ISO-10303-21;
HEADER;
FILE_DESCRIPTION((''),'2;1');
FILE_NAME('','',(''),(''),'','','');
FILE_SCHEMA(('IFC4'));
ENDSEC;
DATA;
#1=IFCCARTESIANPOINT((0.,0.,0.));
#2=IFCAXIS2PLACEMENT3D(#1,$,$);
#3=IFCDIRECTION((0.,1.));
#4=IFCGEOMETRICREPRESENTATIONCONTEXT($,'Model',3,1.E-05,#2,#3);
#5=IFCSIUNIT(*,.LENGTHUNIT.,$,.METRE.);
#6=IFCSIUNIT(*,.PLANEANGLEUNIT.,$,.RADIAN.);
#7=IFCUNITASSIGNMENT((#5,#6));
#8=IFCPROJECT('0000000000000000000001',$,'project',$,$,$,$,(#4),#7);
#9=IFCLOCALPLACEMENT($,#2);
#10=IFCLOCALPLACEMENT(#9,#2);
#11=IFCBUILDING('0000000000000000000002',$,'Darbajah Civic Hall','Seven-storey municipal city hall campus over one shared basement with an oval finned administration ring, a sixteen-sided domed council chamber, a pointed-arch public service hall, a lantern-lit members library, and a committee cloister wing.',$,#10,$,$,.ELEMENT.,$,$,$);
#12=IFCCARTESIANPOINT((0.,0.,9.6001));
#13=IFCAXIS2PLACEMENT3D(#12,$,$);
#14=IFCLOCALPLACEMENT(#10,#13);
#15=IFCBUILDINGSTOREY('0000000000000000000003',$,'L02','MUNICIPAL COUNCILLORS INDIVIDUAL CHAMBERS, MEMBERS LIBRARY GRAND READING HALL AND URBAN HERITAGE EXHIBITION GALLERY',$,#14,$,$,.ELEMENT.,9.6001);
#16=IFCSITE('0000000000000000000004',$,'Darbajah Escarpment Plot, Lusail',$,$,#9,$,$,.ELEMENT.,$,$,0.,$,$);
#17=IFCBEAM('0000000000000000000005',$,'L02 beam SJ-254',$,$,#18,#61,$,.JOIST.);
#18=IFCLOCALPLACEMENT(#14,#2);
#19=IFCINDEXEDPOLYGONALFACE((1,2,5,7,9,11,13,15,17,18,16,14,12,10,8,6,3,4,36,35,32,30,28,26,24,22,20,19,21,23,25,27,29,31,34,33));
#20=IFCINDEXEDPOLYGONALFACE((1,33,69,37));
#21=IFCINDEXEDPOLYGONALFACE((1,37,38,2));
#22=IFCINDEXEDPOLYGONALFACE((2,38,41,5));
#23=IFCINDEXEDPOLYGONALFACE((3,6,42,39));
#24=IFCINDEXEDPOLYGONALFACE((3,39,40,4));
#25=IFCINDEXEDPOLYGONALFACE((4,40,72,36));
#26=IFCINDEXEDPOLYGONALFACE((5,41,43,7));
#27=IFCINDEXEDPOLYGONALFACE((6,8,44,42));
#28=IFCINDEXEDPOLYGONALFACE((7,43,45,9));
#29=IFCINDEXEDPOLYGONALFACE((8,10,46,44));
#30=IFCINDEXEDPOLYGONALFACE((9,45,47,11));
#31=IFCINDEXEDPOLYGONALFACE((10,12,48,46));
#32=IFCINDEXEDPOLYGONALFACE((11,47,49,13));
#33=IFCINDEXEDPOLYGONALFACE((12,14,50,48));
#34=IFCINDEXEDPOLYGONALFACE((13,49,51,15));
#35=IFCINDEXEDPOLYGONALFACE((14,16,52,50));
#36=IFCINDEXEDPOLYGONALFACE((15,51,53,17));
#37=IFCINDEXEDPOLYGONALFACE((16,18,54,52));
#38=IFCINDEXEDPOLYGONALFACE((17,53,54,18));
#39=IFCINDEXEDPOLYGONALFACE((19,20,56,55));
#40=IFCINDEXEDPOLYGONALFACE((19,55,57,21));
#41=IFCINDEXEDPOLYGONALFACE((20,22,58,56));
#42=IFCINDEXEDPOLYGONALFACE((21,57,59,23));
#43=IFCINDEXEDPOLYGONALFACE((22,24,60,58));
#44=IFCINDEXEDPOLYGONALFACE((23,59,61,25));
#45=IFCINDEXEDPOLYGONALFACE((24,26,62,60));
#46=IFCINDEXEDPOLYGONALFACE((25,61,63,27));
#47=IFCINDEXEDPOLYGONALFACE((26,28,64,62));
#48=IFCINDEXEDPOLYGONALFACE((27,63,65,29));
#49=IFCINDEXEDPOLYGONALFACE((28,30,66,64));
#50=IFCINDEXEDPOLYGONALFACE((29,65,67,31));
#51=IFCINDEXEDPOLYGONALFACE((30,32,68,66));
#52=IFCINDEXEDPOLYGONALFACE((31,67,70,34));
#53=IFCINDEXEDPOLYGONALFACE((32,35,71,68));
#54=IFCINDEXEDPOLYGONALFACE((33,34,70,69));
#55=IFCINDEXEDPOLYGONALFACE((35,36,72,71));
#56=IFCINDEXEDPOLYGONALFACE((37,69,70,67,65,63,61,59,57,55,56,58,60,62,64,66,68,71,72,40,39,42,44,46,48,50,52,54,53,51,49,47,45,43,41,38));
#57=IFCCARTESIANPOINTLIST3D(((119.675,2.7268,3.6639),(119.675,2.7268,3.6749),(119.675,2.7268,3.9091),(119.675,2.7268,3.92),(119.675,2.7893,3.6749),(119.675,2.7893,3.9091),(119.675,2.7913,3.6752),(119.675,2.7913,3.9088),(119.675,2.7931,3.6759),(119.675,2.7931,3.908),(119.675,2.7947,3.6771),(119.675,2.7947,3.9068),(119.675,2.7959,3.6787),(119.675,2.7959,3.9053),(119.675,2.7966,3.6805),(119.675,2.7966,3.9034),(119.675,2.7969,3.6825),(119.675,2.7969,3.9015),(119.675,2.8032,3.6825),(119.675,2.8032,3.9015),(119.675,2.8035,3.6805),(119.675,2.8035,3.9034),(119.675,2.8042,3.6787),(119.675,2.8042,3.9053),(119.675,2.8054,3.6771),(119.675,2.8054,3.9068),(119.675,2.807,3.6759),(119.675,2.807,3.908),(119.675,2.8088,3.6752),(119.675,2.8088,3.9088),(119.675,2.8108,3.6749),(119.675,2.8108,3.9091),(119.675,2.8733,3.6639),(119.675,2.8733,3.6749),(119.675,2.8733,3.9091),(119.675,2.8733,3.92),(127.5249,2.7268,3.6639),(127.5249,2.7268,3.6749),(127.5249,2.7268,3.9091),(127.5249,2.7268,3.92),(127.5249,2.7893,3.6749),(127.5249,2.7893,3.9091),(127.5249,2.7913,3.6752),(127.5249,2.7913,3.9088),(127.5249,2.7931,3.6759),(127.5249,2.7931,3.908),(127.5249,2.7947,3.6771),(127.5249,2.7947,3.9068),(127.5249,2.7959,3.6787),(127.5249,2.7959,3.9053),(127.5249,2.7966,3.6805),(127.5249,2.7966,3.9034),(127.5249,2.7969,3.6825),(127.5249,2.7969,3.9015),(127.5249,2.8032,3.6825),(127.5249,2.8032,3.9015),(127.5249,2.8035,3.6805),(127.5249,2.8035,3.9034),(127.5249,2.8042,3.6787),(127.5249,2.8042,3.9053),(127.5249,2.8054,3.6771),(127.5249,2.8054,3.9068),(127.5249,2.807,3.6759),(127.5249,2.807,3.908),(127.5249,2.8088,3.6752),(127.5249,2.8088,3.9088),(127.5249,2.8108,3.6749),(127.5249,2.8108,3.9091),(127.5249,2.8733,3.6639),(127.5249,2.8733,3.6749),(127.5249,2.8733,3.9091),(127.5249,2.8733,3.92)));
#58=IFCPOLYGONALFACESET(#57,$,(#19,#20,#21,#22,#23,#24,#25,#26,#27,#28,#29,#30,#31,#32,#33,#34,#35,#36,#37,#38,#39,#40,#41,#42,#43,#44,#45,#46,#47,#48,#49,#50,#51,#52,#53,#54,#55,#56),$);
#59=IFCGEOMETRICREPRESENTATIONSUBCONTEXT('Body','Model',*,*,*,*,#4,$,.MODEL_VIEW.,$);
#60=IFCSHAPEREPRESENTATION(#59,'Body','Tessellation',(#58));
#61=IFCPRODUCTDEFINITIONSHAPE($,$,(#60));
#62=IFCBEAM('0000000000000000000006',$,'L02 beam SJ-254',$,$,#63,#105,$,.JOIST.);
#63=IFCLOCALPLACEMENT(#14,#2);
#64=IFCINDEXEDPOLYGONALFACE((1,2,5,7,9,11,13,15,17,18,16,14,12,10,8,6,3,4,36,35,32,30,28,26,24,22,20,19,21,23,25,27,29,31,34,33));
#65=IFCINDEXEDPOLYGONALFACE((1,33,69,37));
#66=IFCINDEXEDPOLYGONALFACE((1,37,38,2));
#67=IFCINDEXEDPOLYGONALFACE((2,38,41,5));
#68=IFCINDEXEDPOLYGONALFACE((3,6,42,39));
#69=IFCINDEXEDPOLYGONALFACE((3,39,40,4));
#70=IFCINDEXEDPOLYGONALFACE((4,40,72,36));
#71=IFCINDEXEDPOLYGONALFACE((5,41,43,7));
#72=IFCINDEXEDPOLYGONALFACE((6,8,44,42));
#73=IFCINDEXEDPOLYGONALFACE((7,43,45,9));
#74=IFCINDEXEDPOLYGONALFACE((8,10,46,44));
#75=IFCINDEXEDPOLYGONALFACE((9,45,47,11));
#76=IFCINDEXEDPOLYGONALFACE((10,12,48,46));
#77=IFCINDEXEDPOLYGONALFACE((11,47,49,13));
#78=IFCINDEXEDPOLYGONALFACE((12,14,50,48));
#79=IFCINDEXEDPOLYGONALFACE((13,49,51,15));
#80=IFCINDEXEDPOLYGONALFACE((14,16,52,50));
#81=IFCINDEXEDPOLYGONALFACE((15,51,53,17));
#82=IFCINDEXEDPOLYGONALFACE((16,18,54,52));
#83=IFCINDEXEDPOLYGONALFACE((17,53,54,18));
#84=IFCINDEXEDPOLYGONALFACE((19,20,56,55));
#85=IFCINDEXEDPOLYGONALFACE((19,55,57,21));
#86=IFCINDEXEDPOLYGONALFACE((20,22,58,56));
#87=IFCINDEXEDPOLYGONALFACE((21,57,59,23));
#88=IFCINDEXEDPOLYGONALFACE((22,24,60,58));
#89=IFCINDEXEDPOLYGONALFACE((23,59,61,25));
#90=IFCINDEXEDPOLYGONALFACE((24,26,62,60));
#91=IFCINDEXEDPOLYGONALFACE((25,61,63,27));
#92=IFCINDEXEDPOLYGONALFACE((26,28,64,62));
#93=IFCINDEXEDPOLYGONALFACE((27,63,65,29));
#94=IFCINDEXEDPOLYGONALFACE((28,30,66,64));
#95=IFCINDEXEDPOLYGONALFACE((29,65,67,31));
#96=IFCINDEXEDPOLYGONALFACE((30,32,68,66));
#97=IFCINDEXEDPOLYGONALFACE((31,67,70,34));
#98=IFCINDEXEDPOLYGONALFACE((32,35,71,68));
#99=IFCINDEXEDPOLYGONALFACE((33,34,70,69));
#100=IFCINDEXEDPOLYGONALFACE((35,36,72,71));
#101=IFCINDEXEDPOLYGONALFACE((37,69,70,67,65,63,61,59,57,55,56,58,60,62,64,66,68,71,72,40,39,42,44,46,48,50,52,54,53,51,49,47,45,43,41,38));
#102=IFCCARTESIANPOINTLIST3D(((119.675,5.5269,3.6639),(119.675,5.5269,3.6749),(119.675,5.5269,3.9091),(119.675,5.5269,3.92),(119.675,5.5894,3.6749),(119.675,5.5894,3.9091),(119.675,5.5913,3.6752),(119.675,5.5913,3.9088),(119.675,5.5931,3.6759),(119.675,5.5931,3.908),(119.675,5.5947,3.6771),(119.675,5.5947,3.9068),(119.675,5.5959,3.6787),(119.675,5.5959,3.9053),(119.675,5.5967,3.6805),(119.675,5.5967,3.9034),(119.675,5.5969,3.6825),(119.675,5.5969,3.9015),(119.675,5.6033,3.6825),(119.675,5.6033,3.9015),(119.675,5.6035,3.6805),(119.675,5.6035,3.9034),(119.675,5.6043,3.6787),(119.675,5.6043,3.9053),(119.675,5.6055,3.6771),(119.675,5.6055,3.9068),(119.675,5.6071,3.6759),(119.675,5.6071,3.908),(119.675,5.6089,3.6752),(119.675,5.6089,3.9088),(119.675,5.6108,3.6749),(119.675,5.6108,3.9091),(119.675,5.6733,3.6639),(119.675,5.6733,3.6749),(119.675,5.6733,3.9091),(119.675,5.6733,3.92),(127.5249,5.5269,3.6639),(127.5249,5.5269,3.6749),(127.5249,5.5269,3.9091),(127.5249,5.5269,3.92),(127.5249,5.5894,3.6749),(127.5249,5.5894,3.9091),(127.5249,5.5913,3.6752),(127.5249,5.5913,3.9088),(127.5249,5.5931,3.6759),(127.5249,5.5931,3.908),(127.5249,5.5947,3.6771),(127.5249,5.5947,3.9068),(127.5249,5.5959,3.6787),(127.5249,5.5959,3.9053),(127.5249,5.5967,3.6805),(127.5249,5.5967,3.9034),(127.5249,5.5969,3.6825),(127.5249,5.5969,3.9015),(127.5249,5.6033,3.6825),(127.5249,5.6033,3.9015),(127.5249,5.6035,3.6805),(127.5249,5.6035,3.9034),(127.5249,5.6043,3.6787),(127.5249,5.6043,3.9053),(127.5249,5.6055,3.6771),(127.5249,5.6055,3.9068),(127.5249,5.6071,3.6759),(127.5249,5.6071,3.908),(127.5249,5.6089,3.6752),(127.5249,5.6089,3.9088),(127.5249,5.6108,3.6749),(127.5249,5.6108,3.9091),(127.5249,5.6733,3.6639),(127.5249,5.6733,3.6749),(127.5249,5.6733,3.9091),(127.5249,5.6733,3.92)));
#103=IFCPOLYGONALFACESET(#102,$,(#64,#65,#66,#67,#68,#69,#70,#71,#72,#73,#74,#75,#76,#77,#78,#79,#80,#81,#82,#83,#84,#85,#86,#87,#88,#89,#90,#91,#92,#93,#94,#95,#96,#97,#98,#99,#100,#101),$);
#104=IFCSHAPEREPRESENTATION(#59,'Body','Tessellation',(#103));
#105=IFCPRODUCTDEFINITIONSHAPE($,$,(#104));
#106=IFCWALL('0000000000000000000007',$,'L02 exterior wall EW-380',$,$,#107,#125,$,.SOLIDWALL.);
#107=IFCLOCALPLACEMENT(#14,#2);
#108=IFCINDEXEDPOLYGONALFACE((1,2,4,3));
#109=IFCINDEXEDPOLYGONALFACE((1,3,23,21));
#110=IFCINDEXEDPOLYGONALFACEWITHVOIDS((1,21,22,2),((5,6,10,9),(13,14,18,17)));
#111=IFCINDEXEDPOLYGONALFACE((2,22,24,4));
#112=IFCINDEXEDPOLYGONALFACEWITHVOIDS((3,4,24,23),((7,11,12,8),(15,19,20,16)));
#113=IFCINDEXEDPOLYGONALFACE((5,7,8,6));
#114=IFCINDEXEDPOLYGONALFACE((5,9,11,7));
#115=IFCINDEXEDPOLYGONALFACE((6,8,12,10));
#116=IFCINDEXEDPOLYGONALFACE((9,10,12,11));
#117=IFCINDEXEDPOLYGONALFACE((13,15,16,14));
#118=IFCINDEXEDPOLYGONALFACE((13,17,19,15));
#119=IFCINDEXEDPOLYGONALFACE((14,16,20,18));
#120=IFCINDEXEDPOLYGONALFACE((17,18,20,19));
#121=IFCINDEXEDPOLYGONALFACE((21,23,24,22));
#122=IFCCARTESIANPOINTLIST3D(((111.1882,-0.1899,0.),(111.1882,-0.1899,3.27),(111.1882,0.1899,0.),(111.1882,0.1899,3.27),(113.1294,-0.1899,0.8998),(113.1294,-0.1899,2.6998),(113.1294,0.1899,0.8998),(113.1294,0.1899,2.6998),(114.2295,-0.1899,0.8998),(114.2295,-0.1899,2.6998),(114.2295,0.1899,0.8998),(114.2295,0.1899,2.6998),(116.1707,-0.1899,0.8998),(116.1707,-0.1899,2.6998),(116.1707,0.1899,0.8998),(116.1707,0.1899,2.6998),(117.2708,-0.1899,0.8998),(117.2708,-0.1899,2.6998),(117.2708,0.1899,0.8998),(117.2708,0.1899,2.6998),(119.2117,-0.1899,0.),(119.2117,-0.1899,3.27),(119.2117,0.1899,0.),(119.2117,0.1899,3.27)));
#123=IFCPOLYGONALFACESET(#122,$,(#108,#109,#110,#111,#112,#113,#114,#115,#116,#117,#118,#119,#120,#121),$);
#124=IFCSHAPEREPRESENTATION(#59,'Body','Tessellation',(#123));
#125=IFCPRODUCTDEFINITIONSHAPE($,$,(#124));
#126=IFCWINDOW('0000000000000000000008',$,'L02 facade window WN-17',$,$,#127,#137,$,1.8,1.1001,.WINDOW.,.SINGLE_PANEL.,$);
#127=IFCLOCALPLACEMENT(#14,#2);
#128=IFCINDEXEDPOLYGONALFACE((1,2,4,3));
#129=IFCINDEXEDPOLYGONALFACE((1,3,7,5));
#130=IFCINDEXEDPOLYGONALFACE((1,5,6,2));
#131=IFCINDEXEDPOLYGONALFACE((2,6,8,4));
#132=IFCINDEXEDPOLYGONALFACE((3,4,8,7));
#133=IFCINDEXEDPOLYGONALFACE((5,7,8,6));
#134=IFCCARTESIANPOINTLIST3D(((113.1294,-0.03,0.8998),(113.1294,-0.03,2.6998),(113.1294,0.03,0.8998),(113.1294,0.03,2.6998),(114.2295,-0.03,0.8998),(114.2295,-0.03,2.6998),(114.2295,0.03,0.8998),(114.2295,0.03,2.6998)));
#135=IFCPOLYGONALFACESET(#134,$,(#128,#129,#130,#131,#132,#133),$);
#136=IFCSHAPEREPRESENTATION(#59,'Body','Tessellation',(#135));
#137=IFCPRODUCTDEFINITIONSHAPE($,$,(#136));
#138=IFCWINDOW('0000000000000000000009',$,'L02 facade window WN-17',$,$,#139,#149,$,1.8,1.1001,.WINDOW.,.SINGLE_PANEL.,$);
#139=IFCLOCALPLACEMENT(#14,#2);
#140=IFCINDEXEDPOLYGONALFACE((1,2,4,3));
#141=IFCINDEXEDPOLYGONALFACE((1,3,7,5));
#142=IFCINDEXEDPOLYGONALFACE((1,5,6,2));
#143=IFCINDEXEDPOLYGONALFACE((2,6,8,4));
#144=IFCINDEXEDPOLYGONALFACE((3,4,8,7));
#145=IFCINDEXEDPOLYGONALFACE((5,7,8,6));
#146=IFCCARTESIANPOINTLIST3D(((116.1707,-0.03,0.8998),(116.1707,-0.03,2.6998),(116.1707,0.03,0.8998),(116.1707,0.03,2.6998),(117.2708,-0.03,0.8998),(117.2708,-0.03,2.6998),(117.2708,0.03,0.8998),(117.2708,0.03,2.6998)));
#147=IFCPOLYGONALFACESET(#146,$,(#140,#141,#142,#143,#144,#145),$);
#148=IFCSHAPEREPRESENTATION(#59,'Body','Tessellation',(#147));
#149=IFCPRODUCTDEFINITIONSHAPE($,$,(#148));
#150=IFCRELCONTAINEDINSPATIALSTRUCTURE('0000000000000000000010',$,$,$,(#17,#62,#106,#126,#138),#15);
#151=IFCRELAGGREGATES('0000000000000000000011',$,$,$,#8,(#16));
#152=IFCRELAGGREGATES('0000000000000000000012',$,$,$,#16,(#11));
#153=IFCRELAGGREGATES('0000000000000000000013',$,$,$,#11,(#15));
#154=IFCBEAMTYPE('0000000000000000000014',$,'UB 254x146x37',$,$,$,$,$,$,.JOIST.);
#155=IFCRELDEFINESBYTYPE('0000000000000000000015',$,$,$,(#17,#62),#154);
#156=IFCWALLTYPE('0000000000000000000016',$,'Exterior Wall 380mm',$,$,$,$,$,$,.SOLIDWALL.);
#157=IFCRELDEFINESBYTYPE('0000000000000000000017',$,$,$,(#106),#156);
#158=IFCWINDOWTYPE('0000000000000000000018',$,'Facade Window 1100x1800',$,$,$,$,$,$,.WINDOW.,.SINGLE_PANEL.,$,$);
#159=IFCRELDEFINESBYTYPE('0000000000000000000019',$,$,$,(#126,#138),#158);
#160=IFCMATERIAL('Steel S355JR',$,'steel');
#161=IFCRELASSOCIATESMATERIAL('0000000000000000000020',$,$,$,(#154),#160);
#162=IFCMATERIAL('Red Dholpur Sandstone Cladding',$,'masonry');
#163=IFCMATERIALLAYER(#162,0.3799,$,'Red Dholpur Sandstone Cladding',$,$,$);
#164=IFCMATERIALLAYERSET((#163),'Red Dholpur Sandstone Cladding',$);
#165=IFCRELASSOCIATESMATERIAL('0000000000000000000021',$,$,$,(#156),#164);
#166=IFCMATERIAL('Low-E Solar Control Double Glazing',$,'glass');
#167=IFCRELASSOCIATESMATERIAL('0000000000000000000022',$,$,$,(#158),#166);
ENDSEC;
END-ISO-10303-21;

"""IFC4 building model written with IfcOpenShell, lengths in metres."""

from ifc_helpers import new_model, si_unit, direction, frame, frame_2d, origin, origin_2d, place, context, subcontext, project, spatial, rectangle, i_section, extrude, material, layer, layer_set, material_profile, profile_set, type_object, element, fill, save


model = new_model("IFC4")

# Units and contexts
model_context = context("Model", 3, precision=1e-05, world=origin(), true_north=direction((0.0, 1.0)))
body_context = subcontext(model_context, "Body", "Model", "MODEL_VIEW")
ifc_project = project(units=[si_unit("LENGTHUNIT", "METRE"), si_unit("PLANEANGLEUNIT", "RADIAN")], contexts=[model_context])

# Site, building, storey
site_placement = place(None, origin())
site = spatial("IfcSite", under=ifc_project, at=site_placement, Name="Darbajah Escarpment Plot, Lusail", CompositionType="ELEMENT", RefElevation=0.0)
building_placement = place(site_placement, origin())
building = spatial("IfcBuilding", under=site, at=building_placement, Name="Darbajah Civic Hall", Description="Seven-storey municipal city hall campus over one shared basement with an oval finned administration ring, a sixteen-sided domed council chamber, a pointed-arch public service hall, a lantern-lit members library, and a committee cloister wing.", CompositionType="ELEMENT")
storey_placement = place(building_placement, frame((0.0, 0.0, 9.6001)))
storey = spatial("IfcBuildingStorey", under=building, at=storey_placement, Name="L02", Description="MUNICIPAL COUNCILLORS INDIVIDUAL CHAMBERS, MEMBERS LIBRARY GRAND READING HALL AND URBAN HERITAGE EXHIBITION GALLERY", CompositionType="ELEMENT", Elevation=9.6001)

# Shared definitions
ifc_material_1 = material(Name="Steel S355JR", Category="steel")

# Beams
ifc_material_profile_1 = material_profile(ifc_material_1, i_section(OverallWidth=0.1465, OverallDepth=0.2561, WebThickness=0.0063, FlangeThickness=0.011, FilletRadius=0.0076, at=origin_2d()), Name="UB 254x146x37")
ifc_profile_set_1 = profile_set([ifc_material_profile_1], Name="Steel S355JR")
beam_type_1 = type_object("IfcBeamType", Name="UB 254x146x37", PredefinedType="JOIST", material=ifc_profile_set_1)
for number, where, z_axis, x_axis, name in (
    (1, (119.675, 2.8, 3.792), (1.0, 0.0, 0.0), (0.0, 1.0, 0.0), "L02 beam SJ-254"),
    (2, (119.675, 5.6001, 3.792), (1.0, 0.0, 0.0), (0.0, 1.0, 0.0), "L02 beam SJ-254"),
):
    element("IfcBeam", number, at=place(storey_placement, frame(where, z_axis=z_axis, x_axis=x_axis)), inside=storey, type_object=beam_type_1, Name=name, PredefinedType="JOIST", context=body_context, shape_type="SweptSolid", body=[
        extrude(i_section(OverallWidth=0.1465, OverallDepth=0.2561, WebThickness=0.0063, FlangeThickness=0.011, FilletRadius=0.0076, at=origin_2d()), origin(), (0.0, 0.0, 1.0), 7.8499),
    ])

# Wall, openings, windows
ifc_material_2 = material(Name="Red Dholpur Sandstone Cladding", Category="masonry")
ifc_layer = layer(ifc_material_2, 0.3799, Name="Red Dholpur Sandstone Cladding")
ifc_layer_set = layer_set([ifc_layer], Name="Red Dholpur Sandstone Cladding")
wall_type = type_object("IfcWallType", Name="Exterior Wall 380mm", PredefinedType="SOLIDWALL", material=ifc_layer_set)
wall_1_placement = place(storey_placement, frame((111.1882, 0.0, 0.0), z_axis=(0.0, 0.0, 1.0), x_axis=(1.0, 0.0, 0.0)))
wall_1 = element("IfcWall", 3, at=wall_1_placement, inside=storey, type_object=wall_type, Name="L02 exterior wall EW-380", PredefinedType="SOLIDWALL", context=body_context, shape_type="SweptSolid", body=[
    extrude(rectangle(XDim=8.0234, YDim=0.3799, at=frame_2d((4.0117, 0.0))), origin(), (0.0, 0.0, 1.0), 3.27),
])
opening_1_placement = place(wall_1_placement, frame((1.9412, 0.0, 0.8999)))
opening_1 = element("IfcOpeningElement", 4, at=opening_1_placement, cuts=wall_1, PredefinedType="OPENING", context=body_context, shape_type="SweptSolid", body=[
    extrude(rectangle(XDim=1.1001, YDim=1.8, at=frame_2d((0.55, 0.8999))), frame((0.0, 0.2, 0.0), z_axis=(0.0, -1.0, 0.0), x_axis=(1.0, 0.0, 0.0)), (0.0, 0.0, 1.0), 0.3999),
])
opening_2_placement = place(wall_1_placement, frame((4.9824, 0.0, 0.8999)))
opening_2 = element("IfcOpeningElement", 5, at=opening_2_placement, cuts=wall_1, PredefinedType="OPENING", context=body_context, shape_type="SweptSolid", body=[
    extrude(rectangle(XDim=1.1001, YDim=1.8, at=frame_2d((0.55, 0.8999))), frame((0.0, 0.2, 0.0), z_axis=(0.0, -1.0, 0.0), x_axis=(1.0, 0.0, 0.0)), (0.0, 0.0, 1.0), 0.3999),
])
ifc_material_3 = material(Name="Low-E Solar Control Double Glazing", Category="glass")
window_type_1 = type_object("IfcWindowType", Name="Facade Window 1100x1800", PartitioningType="SINGLE_PANEL", PredefinedType="WINDOW", material=ifc_material_3)
window_1_placement = place(opening_1_placement, origin())
window_1 = element("IfcWindow", 6, at=window_1_placement, inside=storey, type_object=window_type_1, Name="L02 facade window WN-17", OverallHeight=1.8, OverallWidth=1.1001, PartitioningType="SINGLE_PANEL", PredefinedType="WINDOW", context=body_context, shape_type="SweptSolid", body=[
    extrude(rectangle(XDim=1.1001, YDim=1.8, at=frame_2d((0.55, 0.8999))), frame((0.0, 0.03, 0.0), z_axis=(0.0, -1.0, 0.0), x_axis=(1.0, 0.0, 0.0)), (0.0, 0.0, 1.0), 0.0601),
])
fill(opening_1, window_1)
window_2_placement = place(opening_2_placement, origin())
window_2 = element("IfcWindow", 7, at=window_2_placement, inside=storey, type_object=window_type_1, Name="L02 facade window WN-17", OverallHeight=1.8, OverallWidth=1.1001, PartitioningType="SINGLE_PANEL", PredefinedType="WINDOW", context=body_context, shape_type="SweptSolid", body=[
    extrude(rectangle(XDim=1.1001, YDim=1.8, at=frame_2d((0.55, 0.8999))), frame((0.0, 0.03, 0.0), z_axis=(0.0, -1.0, 0.0), x_axis=(1.0, 0.0, 0.0)), (0.0, 0.0, 1.0), 0.0601),
])
fill(opening_2, window_2)

save(model, "model.ifc")
